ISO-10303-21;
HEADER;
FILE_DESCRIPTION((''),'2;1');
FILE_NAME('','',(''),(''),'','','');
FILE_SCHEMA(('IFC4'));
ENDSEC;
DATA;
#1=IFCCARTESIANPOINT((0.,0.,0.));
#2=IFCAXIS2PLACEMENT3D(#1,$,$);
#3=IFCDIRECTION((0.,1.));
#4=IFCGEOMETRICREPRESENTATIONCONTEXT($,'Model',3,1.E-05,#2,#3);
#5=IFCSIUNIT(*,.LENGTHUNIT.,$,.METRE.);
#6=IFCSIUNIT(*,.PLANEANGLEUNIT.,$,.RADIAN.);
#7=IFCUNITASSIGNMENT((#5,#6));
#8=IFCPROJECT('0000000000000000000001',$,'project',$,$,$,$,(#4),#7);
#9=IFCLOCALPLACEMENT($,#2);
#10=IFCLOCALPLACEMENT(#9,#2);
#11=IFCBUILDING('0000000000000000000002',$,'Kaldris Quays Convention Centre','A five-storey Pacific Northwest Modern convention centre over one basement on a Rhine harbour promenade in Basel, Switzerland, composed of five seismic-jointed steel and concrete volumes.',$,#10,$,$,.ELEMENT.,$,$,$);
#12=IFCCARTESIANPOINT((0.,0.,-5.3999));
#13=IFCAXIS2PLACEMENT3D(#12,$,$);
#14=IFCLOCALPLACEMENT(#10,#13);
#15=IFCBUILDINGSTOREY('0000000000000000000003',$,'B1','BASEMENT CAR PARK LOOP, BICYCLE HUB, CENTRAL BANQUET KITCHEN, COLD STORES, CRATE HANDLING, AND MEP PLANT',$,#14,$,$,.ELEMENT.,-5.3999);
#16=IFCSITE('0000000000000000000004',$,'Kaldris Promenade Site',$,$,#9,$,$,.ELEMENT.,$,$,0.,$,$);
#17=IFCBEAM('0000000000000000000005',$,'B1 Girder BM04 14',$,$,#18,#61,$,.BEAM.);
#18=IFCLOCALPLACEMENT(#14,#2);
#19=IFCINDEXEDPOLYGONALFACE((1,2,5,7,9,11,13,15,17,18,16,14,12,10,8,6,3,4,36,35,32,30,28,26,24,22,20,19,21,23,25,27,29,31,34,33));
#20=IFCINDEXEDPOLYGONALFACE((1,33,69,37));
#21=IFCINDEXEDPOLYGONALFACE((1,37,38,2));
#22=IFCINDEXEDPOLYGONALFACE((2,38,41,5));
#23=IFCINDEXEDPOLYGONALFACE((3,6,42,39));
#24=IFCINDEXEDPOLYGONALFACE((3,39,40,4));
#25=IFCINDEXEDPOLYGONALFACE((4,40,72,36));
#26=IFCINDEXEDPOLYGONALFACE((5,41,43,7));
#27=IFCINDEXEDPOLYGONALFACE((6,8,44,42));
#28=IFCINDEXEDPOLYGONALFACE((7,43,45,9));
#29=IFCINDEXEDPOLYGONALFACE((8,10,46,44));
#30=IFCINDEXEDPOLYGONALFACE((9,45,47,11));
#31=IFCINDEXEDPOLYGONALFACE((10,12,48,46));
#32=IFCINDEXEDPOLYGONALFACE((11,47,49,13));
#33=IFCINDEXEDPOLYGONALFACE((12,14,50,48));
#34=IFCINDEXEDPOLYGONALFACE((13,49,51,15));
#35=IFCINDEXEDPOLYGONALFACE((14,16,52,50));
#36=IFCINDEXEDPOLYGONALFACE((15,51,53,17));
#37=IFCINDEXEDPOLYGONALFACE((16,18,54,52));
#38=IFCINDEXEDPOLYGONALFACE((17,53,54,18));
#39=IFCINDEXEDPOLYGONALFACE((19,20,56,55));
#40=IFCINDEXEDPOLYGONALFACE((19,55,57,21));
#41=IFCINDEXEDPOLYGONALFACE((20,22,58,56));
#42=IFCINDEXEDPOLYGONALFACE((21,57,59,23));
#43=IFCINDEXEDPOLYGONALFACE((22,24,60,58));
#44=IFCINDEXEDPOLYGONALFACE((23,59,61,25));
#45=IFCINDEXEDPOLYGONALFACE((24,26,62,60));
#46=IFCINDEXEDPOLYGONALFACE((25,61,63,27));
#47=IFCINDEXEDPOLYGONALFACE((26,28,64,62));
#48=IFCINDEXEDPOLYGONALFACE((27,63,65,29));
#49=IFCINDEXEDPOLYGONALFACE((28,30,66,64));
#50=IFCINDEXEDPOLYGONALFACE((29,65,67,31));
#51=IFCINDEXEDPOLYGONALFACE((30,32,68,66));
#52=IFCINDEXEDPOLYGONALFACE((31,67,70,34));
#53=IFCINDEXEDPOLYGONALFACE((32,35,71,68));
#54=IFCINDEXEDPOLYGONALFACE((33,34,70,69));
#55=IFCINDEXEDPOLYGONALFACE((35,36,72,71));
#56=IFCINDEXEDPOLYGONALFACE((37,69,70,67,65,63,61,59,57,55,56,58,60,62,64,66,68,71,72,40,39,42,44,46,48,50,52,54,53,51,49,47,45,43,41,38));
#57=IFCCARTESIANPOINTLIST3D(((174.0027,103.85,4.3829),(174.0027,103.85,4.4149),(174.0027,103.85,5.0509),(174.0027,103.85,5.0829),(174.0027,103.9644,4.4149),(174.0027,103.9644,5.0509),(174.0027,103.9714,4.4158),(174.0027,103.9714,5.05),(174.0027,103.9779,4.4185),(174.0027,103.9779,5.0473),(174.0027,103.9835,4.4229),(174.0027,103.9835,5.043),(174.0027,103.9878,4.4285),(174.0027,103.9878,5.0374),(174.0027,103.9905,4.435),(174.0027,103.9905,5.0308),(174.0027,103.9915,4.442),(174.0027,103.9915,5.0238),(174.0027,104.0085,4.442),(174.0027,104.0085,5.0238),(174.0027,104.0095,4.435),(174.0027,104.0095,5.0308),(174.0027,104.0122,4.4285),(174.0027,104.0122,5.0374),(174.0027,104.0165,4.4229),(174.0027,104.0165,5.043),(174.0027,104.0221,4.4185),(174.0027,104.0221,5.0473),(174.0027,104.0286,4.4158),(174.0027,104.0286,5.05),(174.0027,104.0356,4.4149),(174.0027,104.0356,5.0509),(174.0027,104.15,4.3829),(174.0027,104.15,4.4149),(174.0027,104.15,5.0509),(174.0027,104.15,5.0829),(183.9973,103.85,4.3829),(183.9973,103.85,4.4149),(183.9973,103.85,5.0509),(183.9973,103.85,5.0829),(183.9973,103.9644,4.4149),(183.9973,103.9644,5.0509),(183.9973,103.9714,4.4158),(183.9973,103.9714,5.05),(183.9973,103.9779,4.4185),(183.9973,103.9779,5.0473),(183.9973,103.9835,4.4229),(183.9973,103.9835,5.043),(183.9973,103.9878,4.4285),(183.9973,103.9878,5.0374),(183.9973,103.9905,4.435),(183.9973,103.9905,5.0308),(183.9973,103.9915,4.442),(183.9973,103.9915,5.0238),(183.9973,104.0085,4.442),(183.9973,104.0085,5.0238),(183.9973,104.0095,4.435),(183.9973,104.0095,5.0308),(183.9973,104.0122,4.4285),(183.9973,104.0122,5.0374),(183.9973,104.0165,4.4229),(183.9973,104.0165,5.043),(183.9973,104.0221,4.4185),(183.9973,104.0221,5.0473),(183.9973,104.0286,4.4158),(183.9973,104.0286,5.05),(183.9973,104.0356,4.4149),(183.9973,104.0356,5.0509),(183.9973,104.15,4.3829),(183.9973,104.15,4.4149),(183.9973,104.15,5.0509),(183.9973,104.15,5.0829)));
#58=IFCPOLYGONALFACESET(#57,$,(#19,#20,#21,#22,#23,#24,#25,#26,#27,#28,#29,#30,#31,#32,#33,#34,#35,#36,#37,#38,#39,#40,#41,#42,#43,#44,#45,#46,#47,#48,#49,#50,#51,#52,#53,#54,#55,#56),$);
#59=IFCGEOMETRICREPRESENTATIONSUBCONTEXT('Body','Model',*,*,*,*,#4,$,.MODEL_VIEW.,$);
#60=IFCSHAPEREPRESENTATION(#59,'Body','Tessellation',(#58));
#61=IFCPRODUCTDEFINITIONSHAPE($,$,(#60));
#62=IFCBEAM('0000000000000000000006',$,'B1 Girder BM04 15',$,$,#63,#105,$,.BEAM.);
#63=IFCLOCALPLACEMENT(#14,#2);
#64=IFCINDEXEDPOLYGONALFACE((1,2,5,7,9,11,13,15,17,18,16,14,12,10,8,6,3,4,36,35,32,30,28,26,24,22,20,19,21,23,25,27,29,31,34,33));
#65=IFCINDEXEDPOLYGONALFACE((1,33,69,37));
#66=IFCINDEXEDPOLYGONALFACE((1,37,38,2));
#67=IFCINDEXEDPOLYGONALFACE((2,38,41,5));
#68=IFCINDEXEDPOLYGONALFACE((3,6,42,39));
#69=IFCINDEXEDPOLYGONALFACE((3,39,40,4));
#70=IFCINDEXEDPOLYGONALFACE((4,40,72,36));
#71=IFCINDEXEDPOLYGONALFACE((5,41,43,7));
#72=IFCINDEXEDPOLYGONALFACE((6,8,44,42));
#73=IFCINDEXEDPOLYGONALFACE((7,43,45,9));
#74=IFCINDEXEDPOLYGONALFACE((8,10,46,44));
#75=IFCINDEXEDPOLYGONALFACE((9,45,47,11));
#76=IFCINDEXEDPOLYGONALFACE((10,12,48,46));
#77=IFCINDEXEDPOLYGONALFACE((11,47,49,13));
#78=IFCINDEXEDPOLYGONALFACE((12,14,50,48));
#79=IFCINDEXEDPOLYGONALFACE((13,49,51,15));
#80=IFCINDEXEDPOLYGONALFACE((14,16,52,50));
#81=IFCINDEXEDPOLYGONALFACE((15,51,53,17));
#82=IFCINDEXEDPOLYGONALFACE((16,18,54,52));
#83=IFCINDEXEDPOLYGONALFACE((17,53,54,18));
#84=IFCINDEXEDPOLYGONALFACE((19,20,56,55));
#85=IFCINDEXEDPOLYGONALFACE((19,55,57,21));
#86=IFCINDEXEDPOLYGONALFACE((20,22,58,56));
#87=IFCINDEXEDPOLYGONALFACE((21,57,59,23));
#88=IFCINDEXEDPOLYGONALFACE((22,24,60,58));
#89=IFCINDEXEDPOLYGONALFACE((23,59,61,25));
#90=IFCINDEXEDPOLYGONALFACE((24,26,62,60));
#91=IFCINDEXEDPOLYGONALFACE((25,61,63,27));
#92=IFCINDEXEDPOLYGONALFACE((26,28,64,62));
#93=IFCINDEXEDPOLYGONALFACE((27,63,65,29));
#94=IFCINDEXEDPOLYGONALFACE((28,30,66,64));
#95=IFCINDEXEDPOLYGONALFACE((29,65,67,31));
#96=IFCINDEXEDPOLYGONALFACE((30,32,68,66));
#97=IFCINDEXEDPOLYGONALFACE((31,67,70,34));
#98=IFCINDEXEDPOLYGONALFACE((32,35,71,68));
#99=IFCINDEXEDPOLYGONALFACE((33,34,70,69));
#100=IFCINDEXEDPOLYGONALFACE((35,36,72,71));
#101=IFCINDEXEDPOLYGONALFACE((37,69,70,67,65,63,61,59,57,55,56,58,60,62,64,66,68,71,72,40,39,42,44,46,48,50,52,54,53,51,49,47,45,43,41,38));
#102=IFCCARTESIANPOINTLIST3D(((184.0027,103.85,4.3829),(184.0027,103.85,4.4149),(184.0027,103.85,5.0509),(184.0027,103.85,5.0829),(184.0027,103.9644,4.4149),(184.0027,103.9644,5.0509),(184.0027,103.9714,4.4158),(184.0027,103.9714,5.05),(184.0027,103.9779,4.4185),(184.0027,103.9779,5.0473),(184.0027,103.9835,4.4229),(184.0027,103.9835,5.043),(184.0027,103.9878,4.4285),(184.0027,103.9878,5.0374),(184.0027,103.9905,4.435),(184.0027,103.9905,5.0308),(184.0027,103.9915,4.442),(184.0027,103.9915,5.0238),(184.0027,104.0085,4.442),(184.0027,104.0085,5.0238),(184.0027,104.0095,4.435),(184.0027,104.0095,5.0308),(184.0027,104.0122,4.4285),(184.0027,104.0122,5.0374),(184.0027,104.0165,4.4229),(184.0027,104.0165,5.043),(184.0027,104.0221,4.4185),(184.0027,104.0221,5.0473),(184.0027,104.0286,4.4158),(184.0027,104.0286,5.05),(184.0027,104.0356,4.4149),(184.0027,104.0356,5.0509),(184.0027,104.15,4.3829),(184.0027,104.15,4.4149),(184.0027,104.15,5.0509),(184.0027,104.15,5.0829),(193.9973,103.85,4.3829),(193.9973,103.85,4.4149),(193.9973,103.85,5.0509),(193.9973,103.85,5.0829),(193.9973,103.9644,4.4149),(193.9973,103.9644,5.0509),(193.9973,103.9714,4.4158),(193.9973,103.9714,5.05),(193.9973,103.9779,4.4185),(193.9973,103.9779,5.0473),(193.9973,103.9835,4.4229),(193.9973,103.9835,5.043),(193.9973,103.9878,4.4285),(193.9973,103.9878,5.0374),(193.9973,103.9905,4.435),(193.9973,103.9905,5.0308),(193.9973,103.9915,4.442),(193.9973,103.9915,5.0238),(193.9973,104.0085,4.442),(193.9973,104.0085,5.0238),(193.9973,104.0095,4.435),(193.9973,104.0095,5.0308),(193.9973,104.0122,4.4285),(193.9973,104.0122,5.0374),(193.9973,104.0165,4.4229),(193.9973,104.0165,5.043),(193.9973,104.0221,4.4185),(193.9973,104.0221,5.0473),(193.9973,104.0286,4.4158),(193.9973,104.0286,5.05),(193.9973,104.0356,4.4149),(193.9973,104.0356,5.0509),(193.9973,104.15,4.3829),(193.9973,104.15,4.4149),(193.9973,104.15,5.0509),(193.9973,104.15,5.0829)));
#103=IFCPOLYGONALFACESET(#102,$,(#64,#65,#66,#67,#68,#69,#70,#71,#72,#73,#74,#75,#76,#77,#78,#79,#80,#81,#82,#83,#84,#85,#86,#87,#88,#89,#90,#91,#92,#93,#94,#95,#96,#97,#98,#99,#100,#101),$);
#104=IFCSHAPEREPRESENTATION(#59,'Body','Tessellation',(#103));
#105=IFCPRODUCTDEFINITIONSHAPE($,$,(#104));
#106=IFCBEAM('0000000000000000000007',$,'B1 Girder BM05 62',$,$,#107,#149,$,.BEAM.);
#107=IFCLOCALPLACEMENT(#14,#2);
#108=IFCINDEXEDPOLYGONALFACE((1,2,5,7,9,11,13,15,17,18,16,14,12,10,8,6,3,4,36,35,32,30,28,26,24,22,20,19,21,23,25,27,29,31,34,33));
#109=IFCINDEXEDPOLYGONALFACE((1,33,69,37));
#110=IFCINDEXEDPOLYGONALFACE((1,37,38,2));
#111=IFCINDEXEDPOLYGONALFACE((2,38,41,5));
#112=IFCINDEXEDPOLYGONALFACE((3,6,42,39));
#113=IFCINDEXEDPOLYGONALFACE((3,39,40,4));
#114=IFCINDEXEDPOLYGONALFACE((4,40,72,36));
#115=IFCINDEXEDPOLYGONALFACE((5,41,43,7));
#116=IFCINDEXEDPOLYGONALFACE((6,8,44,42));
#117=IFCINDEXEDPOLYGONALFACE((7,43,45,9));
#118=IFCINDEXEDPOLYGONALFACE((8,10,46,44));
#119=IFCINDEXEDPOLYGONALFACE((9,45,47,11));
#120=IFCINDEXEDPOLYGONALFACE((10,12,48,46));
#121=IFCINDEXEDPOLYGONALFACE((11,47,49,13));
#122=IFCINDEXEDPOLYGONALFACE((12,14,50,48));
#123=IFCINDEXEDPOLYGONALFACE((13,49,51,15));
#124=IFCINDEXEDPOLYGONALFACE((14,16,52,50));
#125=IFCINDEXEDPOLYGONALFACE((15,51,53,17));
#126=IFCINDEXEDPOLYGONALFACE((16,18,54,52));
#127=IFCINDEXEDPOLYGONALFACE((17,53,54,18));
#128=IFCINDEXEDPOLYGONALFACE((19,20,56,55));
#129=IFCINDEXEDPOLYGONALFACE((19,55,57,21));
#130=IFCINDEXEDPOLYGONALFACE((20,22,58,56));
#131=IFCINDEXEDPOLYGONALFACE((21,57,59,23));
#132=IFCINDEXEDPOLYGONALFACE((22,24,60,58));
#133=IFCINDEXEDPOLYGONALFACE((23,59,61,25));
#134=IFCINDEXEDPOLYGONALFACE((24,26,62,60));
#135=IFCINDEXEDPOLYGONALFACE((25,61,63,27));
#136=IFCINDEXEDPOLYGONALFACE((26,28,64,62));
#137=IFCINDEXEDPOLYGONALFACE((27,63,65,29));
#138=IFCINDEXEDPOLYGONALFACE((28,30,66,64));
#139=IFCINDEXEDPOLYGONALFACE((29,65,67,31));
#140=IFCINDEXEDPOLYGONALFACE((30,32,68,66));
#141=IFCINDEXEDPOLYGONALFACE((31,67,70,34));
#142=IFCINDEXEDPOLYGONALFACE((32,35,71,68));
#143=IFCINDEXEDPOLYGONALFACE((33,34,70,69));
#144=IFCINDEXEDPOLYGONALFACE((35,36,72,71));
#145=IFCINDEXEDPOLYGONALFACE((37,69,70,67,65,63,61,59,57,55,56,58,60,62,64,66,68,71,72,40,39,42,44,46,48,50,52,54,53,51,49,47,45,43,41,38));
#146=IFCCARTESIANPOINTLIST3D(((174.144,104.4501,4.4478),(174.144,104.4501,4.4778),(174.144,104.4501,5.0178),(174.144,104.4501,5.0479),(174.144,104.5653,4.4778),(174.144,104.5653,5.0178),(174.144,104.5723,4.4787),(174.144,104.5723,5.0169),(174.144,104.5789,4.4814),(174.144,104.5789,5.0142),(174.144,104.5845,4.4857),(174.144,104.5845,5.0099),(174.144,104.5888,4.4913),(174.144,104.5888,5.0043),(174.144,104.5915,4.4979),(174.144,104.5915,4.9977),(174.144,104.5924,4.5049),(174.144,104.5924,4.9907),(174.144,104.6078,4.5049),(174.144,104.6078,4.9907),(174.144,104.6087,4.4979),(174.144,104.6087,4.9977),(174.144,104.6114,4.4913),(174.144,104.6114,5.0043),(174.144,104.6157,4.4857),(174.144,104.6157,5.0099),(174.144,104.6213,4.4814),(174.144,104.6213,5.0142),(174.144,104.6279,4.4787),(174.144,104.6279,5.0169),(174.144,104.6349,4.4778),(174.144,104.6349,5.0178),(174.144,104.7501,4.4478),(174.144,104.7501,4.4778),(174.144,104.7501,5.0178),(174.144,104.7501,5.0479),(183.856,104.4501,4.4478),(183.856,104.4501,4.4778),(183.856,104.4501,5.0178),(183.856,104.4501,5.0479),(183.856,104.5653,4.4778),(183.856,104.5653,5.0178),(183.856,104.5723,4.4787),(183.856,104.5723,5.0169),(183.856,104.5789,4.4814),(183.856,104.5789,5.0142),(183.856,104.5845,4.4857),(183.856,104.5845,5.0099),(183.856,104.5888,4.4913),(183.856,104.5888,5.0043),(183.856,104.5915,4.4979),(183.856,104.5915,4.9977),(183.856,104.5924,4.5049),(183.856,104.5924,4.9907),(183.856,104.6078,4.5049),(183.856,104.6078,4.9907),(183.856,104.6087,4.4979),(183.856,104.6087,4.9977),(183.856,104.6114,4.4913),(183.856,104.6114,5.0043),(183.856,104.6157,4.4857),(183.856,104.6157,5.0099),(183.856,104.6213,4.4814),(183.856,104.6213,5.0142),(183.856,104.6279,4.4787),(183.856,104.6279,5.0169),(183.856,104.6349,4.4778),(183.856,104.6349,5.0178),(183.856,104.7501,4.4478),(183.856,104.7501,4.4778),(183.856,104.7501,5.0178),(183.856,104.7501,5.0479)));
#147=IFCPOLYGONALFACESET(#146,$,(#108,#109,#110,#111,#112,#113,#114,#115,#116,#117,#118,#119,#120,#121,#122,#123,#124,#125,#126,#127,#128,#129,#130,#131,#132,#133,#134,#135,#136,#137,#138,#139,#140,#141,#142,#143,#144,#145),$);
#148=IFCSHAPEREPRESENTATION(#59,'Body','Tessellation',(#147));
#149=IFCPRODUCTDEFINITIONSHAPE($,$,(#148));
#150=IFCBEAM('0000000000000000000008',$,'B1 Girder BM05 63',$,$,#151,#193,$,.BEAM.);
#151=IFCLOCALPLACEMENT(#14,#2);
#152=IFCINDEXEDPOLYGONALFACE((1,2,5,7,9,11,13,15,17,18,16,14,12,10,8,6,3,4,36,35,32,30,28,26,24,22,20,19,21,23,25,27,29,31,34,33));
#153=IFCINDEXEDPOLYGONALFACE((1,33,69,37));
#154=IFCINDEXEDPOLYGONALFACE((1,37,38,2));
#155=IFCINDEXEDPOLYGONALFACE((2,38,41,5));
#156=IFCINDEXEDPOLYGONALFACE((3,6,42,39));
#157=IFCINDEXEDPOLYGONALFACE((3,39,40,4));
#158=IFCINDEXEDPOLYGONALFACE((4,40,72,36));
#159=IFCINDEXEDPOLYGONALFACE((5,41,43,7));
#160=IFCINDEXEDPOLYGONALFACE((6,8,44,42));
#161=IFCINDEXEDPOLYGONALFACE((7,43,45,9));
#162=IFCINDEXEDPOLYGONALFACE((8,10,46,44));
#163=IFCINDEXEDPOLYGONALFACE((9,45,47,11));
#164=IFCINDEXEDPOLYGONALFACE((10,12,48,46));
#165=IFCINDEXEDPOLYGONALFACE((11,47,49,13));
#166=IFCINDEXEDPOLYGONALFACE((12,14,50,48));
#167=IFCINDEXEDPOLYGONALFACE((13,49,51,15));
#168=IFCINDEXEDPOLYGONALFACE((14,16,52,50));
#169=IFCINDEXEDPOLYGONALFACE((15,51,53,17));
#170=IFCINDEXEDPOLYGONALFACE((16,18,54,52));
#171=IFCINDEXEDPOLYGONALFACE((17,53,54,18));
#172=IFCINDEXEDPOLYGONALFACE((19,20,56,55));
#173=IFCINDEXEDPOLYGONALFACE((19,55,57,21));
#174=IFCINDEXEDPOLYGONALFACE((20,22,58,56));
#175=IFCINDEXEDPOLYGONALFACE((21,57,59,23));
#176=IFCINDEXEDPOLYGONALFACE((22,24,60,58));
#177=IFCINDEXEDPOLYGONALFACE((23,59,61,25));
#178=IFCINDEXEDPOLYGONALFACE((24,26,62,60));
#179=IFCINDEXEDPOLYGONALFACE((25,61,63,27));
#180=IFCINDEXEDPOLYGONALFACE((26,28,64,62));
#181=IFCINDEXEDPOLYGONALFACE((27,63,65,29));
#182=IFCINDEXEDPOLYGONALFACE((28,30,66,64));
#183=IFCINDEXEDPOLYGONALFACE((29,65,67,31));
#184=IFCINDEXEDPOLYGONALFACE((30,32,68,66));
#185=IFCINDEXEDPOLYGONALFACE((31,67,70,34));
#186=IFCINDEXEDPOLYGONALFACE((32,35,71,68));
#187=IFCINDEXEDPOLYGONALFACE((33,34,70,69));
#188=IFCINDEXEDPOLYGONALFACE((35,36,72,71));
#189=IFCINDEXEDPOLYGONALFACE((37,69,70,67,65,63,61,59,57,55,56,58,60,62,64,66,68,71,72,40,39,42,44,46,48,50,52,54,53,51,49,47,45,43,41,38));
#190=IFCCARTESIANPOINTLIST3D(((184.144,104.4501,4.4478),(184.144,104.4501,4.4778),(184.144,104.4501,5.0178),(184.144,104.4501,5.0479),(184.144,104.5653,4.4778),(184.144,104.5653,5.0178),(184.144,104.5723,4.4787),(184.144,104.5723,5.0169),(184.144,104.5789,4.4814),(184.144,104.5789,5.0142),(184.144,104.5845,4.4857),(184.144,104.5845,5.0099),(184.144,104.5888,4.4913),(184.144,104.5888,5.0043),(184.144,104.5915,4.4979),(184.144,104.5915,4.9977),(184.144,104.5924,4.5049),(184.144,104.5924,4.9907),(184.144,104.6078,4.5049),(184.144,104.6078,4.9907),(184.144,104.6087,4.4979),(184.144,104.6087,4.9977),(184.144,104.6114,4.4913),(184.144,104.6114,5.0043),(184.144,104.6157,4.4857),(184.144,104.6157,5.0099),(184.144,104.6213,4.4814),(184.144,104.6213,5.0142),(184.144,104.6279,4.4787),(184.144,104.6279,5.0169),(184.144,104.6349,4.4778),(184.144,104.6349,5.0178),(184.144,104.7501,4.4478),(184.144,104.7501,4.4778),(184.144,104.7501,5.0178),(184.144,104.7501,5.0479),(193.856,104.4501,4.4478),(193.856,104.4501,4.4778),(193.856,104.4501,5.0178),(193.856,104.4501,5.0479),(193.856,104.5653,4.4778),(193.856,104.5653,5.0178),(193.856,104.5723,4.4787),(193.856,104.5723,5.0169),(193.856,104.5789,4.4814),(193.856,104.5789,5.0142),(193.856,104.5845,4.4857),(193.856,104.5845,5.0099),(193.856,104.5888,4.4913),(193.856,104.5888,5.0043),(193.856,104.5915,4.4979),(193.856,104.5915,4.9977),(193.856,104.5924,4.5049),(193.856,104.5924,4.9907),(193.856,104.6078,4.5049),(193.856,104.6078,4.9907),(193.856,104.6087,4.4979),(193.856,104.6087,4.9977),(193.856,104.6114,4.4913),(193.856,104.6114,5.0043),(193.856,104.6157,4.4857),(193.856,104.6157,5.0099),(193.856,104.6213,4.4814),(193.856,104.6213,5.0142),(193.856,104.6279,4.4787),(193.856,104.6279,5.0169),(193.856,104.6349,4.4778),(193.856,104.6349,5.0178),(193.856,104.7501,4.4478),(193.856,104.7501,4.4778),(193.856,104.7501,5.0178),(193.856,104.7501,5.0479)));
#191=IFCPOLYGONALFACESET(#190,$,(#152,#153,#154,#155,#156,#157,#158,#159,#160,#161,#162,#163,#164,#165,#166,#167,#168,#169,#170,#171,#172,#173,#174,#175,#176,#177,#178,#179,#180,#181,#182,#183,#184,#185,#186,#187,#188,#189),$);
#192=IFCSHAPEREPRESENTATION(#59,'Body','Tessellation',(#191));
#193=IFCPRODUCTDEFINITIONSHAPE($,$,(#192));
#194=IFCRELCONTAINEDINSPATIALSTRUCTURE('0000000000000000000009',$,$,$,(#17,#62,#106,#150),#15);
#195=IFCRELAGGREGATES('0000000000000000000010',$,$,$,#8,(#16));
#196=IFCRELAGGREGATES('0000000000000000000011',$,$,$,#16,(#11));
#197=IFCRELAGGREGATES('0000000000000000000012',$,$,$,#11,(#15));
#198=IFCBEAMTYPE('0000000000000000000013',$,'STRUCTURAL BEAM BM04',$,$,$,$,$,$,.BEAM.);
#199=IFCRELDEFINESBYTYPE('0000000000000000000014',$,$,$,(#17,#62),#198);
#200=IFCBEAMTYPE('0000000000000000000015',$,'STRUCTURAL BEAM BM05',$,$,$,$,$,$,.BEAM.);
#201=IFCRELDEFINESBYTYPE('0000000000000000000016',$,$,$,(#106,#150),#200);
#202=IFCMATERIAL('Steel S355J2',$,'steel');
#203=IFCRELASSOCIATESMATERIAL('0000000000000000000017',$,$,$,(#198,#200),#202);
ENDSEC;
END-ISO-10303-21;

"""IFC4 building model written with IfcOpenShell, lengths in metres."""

from ifc_helpers import new_model, si_unit, direction, frame, origin, origin_2d, place, context, subcontext, project, spatial, i_section, extrude, material, material_profile, profile_set, type_object, element, save


model = new_model("IFC4")

# Units and contexts
model_context = context("Model", 3, precision=1e-05, world=origin(), true_north=direction((0.0, 1.0)))
body_context = subcontext(model_context, "Body", "Model", "MODEL_VIEW")
ifc_project = project(units=[si_unit("LENGTHUNIT", "METRE"), si_unit("PLANEANGLEUNIT", "RADIAN")], contexts=[model_context])

# Site, building, storey
site_placement = place(None, origin())
site = spatial("IfcSite", under=ifc_project, at=site_placement, Name="Kaldris Promenade Site", CompositionType="ELEMENT", RefElevation=0.0)
building_placement = place(site_placement, origin())
building = spatial("IfcBuilding", under=site, at=building_placement, Name="Kaldris Quays Convention Centre", Description="A five-storey Pacific Northwest Modern convention centre over one basement on a Rhine harbour promenade in Basel, Switzerland, composed of five seismic-jointed steel and concrete volumes.", CompositionType="ELEMENT")
storey_placement = place(building_placement, frame((0.0, 0.0, -5.3999)))
storey = spatial("IfcBuildingStorey", under=building, at=storey_placement, Name="B1", Description="BASEMENT CAR PARK LOOP, BICYCLE HUB, CENTRAL BANQUET KITCHEN, COLD STORES, CRATE HANDLING, AND MEP PLANT", CompositionType="ELEMENT", Elevation=-5.3999)

# Shared definitions
ifc_material_1 = material(Name="Steel S355J2", Category="steel")

# Beams
ifc_material_profile_1 = material_profile(ifc_material_1, i_section(OverallWidth=0.3, OverallDepth=0.7, WebThickness=0.0171, FlangeThickness=0.032, FilletRadius=0.0271, at=origin_2d()), Name="HEB 700")
ifc_profile_set_1 = profile_set([ifc_material_profile_1], Name="Steel S355J2")
beam_type_1 = type_object("IfcBeamType", Name="STRUCTURAL BEAM BM04", PredefinedType="BEAM", material=ifc_profile_set_1)
for number, where, z_axis, x_axis, name in (
    (1, (174.0027, 104.0, 4.7329), (1.0, 0.0, 0.0), (0.0, 1.0, 0.0), "B1 Girder BM04 14"),
    (2, (184.0027, 104.0, 4.7329), (1.0, 0.0, 0.0), (0.0, 1.0, 0.0), "B1 Girder BM04 15"),
):
    element("IfcBeam", number, at=place(storey_placement, frame(where, z_axis=z_axis, x_axis=x_axis)), inside=storey, type_object=beam_type_1, Name=name, PredefinedType="BEAM", context=body_context, shape_type="SweptSolid", body=[
        extrude(i_section(OverallWidth=0.3, OverallDepth=0.7, WebThickness=0.0171, FlangeThickness=0.032, FilletRadius=0.0271, at=origin_2d()), origin(), (0.0, 0.0, 1.0), 9.9946),
    ])
ifc_material_profile_2 = material_profile(ifc_material_1, i_section(OverallWidth=0.3, OverallDepth=0.6001, WebThickness=0.0154, FlangeThickness=0.03, FilletRadius=0.0271, at=origin_2d()), Name="HEB 600")
ifc_profile_set_2 = profile_set([ifc_material_profile_2], Name="Steel S355J2")
beam_type_2 = type_object("IfcBeamType", Name="STRUCTURAL BEAM BM05", PredefinedType="BEAM", material=ifc_profile_set_2)
for number, where, z_axis, x_axis, name in (
    (3, (174.144, 104.6001, 4.7478), (1.0, 0.0, 0.0), (0.0, 1.0, 0.0), "B1 Girder BM05 62"),
    (4, (184.144, 104.6001, 4.7478), (1.0, 0.0, 0.0), (0.0, 1.0, 0.0), "B1 Girder BM05 63"),
):
    element("IfcBeam", number, at=place(storey_placement, frame(where, z_axis=z_axis, x_axis=x_axis)), inside=storey, type_object=beam_type_2, Name=name, PredefinedType="BEAM", context=body_context, shape_type="SweptSolid", body=[
        extrude(i_section(OverallWidth=0.3, OverallDepth=0.6001, WebThickness=0.0154, FlangeThickness=0.03, FilletRadius=0.0271, at=origin_2d()), origin(), (0.0, 0.0, 1.0), 9.7119),
    ])

save(model, "model.ifc")
